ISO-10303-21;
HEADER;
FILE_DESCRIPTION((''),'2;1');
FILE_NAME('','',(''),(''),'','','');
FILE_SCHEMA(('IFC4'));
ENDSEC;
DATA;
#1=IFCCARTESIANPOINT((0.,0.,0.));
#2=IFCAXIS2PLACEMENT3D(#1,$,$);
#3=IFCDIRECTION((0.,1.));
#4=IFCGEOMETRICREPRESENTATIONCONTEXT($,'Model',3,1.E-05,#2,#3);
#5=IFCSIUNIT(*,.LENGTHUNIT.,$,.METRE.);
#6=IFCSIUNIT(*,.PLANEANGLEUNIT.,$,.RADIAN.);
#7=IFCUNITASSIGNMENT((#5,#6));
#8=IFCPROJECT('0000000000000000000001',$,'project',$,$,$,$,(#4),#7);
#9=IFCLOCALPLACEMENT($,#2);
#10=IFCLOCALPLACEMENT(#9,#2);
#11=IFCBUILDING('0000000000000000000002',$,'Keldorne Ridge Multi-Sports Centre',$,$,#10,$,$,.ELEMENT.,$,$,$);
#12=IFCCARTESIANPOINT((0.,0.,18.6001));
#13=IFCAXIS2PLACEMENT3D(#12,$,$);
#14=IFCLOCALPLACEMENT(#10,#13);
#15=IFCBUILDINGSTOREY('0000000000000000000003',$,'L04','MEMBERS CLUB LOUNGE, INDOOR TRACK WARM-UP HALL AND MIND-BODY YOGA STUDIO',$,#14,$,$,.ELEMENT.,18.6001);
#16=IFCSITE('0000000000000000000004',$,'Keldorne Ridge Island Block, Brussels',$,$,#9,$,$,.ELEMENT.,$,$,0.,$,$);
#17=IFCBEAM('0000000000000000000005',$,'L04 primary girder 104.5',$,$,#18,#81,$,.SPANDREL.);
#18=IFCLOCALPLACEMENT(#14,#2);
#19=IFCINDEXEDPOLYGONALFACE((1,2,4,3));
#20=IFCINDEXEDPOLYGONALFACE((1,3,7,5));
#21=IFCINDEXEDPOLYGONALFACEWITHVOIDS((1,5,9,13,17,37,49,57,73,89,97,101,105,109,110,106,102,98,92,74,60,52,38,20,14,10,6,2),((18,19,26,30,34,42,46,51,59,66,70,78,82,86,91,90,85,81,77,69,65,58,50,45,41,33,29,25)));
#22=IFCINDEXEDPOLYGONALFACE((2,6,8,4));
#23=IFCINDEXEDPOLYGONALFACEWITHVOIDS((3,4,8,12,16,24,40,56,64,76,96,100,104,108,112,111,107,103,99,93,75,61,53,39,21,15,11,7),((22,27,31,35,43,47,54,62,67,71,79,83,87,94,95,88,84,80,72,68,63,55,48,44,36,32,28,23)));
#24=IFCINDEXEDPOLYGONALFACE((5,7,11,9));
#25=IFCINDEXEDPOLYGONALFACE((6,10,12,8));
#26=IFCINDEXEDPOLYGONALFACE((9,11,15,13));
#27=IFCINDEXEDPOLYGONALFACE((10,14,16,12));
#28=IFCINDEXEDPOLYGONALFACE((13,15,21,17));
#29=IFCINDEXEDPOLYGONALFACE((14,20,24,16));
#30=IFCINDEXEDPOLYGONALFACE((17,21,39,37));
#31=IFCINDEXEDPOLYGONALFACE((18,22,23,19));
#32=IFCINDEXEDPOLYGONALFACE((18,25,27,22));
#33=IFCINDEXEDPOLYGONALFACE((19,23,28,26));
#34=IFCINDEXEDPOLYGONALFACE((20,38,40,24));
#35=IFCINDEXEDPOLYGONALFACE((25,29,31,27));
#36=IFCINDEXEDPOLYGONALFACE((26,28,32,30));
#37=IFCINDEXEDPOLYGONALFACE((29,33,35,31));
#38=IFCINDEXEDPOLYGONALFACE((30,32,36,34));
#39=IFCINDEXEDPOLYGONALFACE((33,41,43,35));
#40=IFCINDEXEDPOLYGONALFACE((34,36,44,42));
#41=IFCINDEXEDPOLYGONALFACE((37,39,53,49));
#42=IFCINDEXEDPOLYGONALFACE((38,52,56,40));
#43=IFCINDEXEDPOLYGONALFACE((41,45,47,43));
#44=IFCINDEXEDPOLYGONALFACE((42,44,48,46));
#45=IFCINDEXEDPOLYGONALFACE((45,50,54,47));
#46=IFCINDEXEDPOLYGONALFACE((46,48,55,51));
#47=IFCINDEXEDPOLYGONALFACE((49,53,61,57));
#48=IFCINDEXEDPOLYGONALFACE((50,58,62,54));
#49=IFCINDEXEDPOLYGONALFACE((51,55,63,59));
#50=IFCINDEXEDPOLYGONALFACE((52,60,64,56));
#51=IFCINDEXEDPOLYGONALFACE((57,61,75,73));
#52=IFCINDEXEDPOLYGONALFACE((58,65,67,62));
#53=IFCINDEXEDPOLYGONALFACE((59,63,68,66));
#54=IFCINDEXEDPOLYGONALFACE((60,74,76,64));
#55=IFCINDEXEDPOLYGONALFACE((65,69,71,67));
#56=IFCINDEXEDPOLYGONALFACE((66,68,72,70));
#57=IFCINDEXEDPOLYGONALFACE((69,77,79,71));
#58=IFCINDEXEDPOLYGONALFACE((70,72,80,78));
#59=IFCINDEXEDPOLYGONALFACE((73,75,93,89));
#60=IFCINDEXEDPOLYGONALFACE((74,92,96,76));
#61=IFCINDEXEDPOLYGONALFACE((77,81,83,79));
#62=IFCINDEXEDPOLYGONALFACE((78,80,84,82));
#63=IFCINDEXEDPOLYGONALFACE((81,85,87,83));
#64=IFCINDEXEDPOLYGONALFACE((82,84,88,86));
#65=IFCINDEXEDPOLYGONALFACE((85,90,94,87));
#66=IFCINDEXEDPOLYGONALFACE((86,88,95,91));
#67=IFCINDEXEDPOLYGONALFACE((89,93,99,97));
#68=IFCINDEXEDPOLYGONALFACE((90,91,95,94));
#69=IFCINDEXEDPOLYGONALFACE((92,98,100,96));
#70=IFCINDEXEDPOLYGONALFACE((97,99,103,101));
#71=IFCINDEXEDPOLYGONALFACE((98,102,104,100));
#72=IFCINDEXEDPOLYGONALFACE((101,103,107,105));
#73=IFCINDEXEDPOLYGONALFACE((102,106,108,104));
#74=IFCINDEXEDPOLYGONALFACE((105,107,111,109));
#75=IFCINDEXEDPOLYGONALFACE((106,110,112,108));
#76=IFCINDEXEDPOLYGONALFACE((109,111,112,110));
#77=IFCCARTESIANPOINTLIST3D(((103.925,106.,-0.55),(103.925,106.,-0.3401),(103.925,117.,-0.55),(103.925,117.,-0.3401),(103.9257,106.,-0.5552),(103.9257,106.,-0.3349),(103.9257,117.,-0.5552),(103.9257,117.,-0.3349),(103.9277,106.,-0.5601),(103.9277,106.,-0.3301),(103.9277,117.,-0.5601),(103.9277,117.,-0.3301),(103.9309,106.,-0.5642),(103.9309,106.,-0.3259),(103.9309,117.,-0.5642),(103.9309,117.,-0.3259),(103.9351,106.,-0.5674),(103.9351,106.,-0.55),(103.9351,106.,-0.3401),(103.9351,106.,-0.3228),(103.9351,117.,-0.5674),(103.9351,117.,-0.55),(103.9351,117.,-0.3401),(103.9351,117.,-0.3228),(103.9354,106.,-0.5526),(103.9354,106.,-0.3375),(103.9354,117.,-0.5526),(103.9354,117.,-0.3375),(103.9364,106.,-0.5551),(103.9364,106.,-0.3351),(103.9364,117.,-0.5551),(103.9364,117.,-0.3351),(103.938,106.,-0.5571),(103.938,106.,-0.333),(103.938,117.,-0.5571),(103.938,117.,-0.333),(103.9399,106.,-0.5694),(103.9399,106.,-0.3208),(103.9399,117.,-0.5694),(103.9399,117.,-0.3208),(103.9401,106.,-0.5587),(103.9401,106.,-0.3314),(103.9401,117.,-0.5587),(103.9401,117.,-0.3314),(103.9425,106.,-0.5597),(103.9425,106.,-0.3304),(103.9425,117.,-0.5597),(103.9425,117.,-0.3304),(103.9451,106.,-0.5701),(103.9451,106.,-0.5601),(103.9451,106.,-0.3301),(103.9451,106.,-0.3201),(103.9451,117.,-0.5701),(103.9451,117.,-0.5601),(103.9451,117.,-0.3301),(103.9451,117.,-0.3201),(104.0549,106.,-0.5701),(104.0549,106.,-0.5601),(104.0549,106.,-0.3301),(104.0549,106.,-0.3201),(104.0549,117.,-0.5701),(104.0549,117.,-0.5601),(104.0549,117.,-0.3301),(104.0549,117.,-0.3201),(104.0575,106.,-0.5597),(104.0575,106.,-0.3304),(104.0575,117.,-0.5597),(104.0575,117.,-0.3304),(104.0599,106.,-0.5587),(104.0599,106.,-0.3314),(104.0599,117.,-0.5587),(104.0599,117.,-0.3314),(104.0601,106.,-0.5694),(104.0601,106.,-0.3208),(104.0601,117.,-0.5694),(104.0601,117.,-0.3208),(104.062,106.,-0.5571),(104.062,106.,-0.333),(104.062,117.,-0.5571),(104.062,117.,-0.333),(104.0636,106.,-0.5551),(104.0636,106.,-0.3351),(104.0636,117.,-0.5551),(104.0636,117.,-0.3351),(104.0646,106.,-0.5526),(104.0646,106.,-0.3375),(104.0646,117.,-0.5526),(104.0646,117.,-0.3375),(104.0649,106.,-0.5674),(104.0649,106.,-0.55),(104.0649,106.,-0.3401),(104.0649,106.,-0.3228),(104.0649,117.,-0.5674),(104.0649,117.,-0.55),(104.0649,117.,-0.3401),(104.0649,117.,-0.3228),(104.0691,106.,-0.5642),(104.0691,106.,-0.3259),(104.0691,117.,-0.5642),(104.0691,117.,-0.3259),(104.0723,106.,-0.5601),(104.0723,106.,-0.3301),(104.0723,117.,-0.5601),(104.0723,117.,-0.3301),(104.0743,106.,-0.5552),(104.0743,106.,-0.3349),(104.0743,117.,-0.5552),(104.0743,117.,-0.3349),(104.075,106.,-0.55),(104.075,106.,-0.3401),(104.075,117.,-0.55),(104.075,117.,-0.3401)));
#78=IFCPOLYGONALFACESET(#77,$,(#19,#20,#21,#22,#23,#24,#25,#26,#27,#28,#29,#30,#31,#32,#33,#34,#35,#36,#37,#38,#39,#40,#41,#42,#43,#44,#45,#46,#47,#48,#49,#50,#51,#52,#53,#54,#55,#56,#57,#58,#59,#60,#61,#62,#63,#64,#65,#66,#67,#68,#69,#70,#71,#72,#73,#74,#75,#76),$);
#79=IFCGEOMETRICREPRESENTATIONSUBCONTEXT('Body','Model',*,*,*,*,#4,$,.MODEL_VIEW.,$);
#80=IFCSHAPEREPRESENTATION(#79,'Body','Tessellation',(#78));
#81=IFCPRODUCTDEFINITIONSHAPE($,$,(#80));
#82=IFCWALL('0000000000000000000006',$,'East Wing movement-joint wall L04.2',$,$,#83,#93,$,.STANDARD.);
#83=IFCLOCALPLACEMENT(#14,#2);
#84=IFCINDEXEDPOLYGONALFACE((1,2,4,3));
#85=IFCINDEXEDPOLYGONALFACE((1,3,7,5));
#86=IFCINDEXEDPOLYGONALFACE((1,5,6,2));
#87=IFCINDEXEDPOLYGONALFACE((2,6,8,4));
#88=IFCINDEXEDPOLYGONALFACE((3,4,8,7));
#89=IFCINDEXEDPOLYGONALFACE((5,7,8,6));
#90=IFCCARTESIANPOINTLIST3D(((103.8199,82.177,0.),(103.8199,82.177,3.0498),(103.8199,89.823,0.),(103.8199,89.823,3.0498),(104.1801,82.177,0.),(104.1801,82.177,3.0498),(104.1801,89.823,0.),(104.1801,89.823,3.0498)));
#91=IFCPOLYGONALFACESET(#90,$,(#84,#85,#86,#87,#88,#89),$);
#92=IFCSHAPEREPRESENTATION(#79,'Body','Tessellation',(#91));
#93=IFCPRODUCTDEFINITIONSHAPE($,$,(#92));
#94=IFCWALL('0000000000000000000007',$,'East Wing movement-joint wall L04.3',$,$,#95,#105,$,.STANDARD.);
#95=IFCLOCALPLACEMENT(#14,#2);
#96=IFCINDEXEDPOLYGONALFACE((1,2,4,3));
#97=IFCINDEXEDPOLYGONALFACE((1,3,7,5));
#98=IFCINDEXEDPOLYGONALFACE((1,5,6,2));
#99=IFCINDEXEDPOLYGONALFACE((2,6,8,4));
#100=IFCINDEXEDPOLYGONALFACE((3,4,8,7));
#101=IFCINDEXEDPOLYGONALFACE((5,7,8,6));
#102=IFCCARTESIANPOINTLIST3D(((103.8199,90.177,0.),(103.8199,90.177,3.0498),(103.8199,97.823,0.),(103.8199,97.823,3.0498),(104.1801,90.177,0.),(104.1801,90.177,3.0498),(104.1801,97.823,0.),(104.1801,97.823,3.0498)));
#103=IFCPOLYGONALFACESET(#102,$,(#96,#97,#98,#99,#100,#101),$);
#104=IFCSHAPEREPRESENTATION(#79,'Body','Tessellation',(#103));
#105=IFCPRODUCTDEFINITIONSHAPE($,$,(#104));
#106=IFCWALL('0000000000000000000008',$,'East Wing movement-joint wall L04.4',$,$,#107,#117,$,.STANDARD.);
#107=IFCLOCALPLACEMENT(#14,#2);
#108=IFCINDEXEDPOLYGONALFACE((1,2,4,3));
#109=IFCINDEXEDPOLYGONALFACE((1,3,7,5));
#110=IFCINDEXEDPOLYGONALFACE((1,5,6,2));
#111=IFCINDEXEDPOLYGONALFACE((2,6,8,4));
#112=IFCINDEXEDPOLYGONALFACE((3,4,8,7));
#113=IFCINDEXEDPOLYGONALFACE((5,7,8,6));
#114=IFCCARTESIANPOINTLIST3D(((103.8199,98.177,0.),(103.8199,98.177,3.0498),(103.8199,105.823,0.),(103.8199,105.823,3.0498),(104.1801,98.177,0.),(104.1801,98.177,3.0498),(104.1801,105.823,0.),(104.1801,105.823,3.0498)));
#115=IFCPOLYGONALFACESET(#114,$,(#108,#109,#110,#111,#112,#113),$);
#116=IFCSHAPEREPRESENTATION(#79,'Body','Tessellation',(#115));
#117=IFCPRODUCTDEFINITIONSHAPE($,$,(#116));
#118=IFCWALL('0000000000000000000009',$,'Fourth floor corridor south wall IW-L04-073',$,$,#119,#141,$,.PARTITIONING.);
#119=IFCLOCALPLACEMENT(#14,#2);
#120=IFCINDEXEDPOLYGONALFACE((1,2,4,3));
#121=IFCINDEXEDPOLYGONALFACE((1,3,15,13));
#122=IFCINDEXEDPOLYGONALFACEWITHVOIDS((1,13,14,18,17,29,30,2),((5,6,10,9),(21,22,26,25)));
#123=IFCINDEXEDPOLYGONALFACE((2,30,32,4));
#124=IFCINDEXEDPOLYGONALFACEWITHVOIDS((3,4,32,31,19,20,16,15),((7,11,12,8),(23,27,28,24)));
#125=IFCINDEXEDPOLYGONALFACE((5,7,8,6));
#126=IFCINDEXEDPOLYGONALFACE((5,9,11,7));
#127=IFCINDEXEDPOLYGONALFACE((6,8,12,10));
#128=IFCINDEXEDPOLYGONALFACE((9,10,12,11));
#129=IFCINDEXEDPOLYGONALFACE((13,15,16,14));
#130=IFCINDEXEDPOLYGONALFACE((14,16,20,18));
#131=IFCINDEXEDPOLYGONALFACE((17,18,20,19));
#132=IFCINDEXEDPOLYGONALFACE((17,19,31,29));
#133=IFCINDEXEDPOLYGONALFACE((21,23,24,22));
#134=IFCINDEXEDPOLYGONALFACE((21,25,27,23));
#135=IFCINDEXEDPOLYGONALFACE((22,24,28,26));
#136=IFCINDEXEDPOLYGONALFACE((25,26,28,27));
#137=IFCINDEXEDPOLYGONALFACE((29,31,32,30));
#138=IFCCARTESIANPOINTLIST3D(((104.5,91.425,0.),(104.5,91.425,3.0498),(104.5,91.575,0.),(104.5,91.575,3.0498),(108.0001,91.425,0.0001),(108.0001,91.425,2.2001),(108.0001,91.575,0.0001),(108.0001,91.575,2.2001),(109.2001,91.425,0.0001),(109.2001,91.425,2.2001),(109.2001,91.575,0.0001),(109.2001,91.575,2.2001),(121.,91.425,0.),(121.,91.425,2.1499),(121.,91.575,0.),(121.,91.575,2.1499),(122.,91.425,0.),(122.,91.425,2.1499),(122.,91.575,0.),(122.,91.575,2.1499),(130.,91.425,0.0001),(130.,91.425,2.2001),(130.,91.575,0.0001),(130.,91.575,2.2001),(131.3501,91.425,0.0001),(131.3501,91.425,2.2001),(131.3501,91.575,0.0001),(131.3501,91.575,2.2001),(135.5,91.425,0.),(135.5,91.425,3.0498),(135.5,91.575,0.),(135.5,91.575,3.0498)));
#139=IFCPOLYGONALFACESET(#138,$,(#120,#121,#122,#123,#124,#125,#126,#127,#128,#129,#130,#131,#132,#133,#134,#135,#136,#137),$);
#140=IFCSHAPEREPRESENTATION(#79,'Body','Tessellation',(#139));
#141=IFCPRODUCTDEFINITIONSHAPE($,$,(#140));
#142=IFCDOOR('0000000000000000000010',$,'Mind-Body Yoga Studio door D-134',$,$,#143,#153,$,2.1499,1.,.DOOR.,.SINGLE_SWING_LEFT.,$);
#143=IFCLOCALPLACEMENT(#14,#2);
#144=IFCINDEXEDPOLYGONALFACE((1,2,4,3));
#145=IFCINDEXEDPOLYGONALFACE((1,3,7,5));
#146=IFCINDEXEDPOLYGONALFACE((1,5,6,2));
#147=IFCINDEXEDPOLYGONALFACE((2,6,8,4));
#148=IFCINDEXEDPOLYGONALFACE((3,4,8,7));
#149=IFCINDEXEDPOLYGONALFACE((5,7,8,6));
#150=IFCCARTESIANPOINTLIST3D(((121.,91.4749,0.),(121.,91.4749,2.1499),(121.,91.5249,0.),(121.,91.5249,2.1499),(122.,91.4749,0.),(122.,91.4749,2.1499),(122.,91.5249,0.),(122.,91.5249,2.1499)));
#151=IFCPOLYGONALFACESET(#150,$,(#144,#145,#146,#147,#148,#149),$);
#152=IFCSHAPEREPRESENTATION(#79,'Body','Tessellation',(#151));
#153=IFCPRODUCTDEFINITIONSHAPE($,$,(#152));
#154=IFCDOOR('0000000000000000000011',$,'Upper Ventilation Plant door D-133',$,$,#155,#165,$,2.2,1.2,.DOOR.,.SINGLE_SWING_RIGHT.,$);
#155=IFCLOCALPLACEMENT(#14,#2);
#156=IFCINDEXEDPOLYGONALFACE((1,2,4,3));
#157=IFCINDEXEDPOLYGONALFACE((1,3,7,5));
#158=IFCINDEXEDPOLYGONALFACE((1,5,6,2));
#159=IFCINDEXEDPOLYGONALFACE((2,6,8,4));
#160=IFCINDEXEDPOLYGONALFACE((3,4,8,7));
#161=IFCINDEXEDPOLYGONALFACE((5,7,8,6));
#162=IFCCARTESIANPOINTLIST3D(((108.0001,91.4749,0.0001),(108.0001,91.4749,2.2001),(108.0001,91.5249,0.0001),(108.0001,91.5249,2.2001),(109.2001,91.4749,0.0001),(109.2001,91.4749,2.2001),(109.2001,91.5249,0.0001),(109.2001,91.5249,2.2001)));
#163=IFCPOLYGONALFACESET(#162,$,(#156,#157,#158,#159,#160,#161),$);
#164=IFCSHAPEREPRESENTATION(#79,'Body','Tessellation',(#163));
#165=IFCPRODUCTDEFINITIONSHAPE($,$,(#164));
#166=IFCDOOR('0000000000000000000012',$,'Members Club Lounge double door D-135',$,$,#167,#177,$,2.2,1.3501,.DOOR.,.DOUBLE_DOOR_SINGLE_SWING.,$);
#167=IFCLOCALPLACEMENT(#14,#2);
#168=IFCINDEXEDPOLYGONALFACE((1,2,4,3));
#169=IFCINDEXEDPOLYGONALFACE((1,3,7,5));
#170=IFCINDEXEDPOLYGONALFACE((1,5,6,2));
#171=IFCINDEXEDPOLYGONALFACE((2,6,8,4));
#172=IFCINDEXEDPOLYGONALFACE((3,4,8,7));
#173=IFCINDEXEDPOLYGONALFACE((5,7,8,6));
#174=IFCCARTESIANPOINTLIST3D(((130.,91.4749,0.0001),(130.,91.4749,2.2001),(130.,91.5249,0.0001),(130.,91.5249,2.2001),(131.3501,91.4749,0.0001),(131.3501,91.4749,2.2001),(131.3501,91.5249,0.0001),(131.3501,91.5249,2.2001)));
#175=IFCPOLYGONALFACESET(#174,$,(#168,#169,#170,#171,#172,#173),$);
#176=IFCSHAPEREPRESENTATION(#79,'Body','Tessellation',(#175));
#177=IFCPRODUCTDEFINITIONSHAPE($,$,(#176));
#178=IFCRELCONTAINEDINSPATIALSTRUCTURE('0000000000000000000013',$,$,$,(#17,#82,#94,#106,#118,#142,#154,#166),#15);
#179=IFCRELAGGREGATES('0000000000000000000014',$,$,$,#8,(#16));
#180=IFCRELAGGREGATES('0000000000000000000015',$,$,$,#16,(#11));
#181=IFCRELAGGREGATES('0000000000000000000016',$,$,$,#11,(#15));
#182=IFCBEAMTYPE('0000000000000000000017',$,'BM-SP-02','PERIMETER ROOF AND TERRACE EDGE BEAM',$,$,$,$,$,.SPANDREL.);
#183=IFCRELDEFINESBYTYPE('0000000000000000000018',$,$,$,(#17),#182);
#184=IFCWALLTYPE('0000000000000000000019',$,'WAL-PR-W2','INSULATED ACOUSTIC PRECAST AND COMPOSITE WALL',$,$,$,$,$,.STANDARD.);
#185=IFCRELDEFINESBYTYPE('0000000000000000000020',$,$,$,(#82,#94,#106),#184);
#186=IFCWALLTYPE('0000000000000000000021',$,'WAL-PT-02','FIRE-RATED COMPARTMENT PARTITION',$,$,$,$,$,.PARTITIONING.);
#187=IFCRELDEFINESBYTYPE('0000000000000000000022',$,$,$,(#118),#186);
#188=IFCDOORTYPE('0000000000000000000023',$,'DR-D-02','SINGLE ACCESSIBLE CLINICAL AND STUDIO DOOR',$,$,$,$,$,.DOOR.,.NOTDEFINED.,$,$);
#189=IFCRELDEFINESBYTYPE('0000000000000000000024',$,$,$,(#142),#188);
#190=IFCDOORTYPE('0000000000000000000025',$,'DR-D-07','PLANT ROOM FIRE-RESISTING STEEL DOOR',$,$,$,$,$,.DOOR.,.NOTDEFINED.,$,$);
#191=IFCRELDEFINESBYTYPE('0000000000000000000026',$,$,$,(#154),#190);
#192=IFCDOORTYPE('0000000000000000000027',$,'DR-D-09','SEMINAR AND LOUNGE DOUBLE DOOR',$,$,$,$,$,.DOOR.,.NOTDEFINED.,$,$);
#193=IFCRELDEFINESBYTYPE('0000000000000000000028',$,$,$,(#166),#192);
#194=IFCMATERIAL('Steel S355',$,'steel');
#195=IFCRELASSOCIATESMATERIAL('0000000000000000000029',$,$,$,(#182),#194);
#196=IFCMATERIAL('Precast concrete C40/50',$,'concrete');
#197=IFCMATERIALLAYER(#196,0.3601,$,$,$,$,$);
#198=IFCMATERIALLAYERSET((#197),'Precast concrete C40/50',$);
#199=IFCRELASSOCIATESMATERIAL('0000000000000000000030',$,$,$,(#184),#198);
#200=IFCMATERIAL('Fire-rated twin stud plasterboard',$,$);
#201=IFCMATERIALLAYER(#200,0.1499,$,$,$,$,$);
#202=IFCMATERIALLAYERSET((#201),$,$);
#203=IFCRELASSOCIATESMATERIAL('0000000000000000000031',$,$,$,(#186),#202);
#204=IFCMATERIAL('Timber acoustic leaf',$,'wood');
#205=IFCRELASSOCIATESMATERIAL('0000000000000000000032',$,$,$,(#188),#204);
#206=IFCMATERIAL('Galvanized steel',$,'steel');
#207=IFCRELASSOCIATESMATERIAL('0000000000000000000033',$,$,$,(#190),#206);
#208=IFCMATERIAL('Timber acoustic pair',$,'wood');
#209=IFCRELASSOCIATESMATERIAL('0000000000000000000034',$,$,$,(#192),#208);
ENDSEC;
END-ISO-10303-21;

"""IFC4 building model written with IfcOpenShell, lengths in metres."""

from ifc_helpers import new_model, si_unit, direction, frame, frame_2d, origin, origin_2d, place, context, subcontext, project, spatial, rectangle, hollow_rectangle, extrude, material, layer, layer_set, material_profile, profile_set, type_object, element, fill, save


model = new_model("IFC4")

# Units and contexts
model_context = context("Model", 3, precision=1e-05, world=origin(), true_north=direction((0.0, 1.0)))
body_context = subcontext(model_context, "Body", "Model", "MODEL_VIEW")
ifc_project = project(units=[si_unit("LENGTHUNIT", "METRE"), si_unit("PLANEANGLEUNIT", "RADIAN")], contexts=[model_context])

# Site, building, storey
site_placement = place(None, origin())
site = spatial("IfcSite", under=ifc_project, at=site_placement, Name="Keldorne Ridge Island Block, Brussels", CompositionType="ELEMENT", RefElevation=0.0)
building_placement = place(site_placement, origin())
building = spatial("IfcBuilding", under=site, at=building_placement, Name="Keldorne Ridge Multi-Sports Centre", CompositionType="ELEMENT")
storey_placement = place(building_placement, frame((0.0, 0.0, 18.6001)))
storey = spatial("IfcBuildingStorey", under=building, at=storey_placement, Name="L04", Description="MEMBERS CLUB LOUNGE, INDOOR TRACK WARM-UP HALL AND MIND-BODY YOGA STUDIO", CompositionType="ELEMENT", Elevation=18.6001)

# Shared definitions
ifc_material_1 = material(Name="Steel S355", Category="steel")

# Beam
ifc_material_profile_1 = material_profile(ifc_material_1, hollow_rectangle(XDim=0.1499, YDim=0.25, WallThickness=0.01, InnerFilletRadius=0.01, OuterFilletRadius=0.02, at=origin_2d()), Name="RHS 250x150x10")
ifc_profile_set_1 = profile_set([ifc_material_profile_1], Name="Steel S355")
beam_type_1 = type_object("IfcBeamType", Name="BM-SP-02", Description="PERIMETER ROOF AND TERRACE EDGE BEAM", PredefinedType="SPANDREL", material=ifc_profile_set_1)
beam_1_placement = place(storey_placement, frame((104.0, 106.0, -0.4451), z_axis=(0.0, 1.0, 0.0), x_axis=(-1.0, 0.0, 0.0)))
element("IfcBeam", 1, at=beam_1_placement, inside=storey, type_object=beam_type_1, Name="L04 primary girder 104.5", PredefinedType="SPANDREL", context=body_context, shape_type="SweptSolid", body=[
    extrude(hollow_rectangle(XDim=0.1499, YDim=0.25, WallThickness=0.01, InnerFilletRadius=0.01, OuterFilletRadius=0.02, at=origin_2d()), origin(), (0.0, 0.0, 1.0), 11.0),
])

# Walls
ifc_material_2 = material(Name="Precast concrete C40/50", Category="concrete")
ifc_layer_1 = layer(ifc_material_2, 0.3601)
ifc_layer_set_1 = layer_set([ifc_layer_1], Name="Precast concrete C40/50")
wall_type_1 = type_object("IfcWallType", Name="WAL-PR-W2", Description="INSULATED ACOUSTIC PRECAST AND COMPOSITE WALL", PredefinedType="STANDARD", material=ifc_layer_set_1)
for number, where, z_axis, x_axis, name in (
    (2, (104.0, 89.823, 0.0), (0.0, 0.0, 1.0), (0.0, -1.0, 0.0), "East Wing movement-joint wall L04.2"),
    (3, (104.0, 97.823, 0.0), (0.0, 0.0, 1.0), (0.0, -1.0, 0.0), "East Wing movement-joint wall L04.3"),
    (4, (104.0, 105.823, 0.0), (0.0, 0.0, 1.0), (0.0, -1.0, 0.0), "East Wing movement-joint wall L04.4"),
):
    element("IfcWall", number, at=place(storey_placement, frame(where, z_axis=z_axis, x_axis=x_axis)), inside=storey, type_object=wall_type_1, Name=name, PredefinedType="STANDARD", context=body_context, shape_type="SweptSolid", body=[
        extrude(rectangle(XDim=7.646, YDim=0.3601, at=frame_2d((3.823, 0.0))), origin(), (0.0, 0.0, 1.0), 3.0498),
    ])

# Wall, openings, doors
ifc_material_3 = material(Name="Fire-rated twin stud plasterboard")
ifc_layer_2 = layer(ifc_material_3, 0.1499)
ifc_layer_set_2 = layer_set([ifc_layer_2])
wall_type_2 = type_object("IfcWallType", Name="WAL-PT-02", Description="FIRE-RATED COMPARTMENT PARTITION", PredefinedType="PARTITIONING", material=ifc_layer_set_2)
wall_1_placement = place(storey_placement, frame((104.5, 91.5, 0.0), z_axis=(0.0, 0.0, 1.0), x_axis=(1.0, 0.0, 0.0)))
wall_1 = element("IfcWall", 5, at=wall_1_placement, inside=storey, type_object=wall_type_2, Name="Fourth floor corridor south wall IW-L04-073", PredefinedType="PARTITIONING", context=body_context, shape_type="SweptSolid", body=[
    extrude(rectangle(XDim=31.0, YDim=0.1499, at=frame_2d((15.5, 0.0))), origin(), (0.0, 0.0, 1.0), 3.0498),
])
opening_1_placement = place(wall_1_placement, frame((3.5, 0.0, 0.0)))
opening_1 = element("IfcOpeningElement", 6, at=opening_1_placement, cuts=wall_1, PredefinedType="OPENING", context=body_context, shape_type="SweptSolid", body=[
    extrude(rectangle(XDim=1.2, YDim=2.2, at=frame_2d((0.6001, 1.1001))), frame((0.0, 0.085, 0.0), z_axis=(0.0, -1.0, 0.0), x_axis=(1.0, 0.0, 0.0)), (0.0, 0.0, 1.0), 0.1699),
])
opening_2_placement = place(wall_1_placement, frame((16.5, 0.0, 0.0)))
opening_2 = element("IfcOpeningElement", 7, at=opening_2_placement, cuts=wall_1, PredefinedType="OPENING", context=body_context, shape_type="SweptSolid", body=[
    extrude(rectangle(XDim=1.0, YDim=2.1499, at=frame_2d((0.5, 1.075))), frame((0.0, 0.085, 0.0), z_axis=(0.0, -1.0, 0.0), x_axis=(1.0, 0.0, 0.0)), (0.0, 0.0, 1.0), 0.1699),
])
opening_3_placement = place(wall_1_placement, frame((25.5, 0.0, 0.0)))
opening_3 = element("IfcOpeningElement", 8, at=opening_3_placement, cuts=wall_1, PredefinedType="OPENING", context=body_context, shape_type="SweptSolid", body=[
    extrude(rectangle(XDim=1.3501, YDim=2.2, at=frame_2d((0.675, 1.1001))), frame((0.0, 0.085, 0.0), z_axis=(0.0, -1.0, 0.0), x_axis=(1.0, 0.0, 0.0)), (0.0, 0.0, 1.0), 0.1699),
])
ifc_material_4 = material(Name="Timber acoustic leaf", Category="wood")
door_type_1 = type_object("IfcDoorType", Name="DR-D-02", Description="SINGLE ACCESSIBLE CLINICAL AND STUDIO DOOR", OperationType="NOTDEFINED", PredefinedType="DOOR", material=ifc_material_4)
door_1_placement = place(opening_2_placement, origin())
door_1 = element("IfcDoor", 9, at=door_1_placement, inside=storey, type_object=door_type_1, Name="Mind-Body Yoga Studio door D-134", OperationType="SINGLE_SWING_LEFT", OverallHeight=2.1499, OverallWidth=1.0, PredefinedType="DOOR", context=body_context, shape_type="SweptSolid", body=[
    extrude(rectangle(XDim=1.0, YDim=2.1499, at=frame_2d((0.5, 1.075))), frame((0.0, 0.0249, 0.0), z_axis=(0.0, -1.0, 0.0), x_axis=(1.0, 0.0, 0.0)), (0.0, 0.0, 1.0), 0.05),
])
fill(opening_2, door_1)
ifc_material_5 = material(Name="Galvanized steel", Category="steel")
door_type_2 = type_object("IfcDoorType", Name="DR-D-07", Description="PLANT ROOM FIRE-RESISTING STEEL DOOR", OperationType="NOTDEFINED", PredefinedType="DOOR", material=ifc_material_5)
door_2_placement = place(opening_1_placement, origin())
door_2 = element("IfcDoor", 10, at=door_2_placement, inside=storey, type_object=door_type_2, Name="Upper Ventilation Plant door D-133", OperationType="SINGLE_SWING_RIGHT", OverallHeight=2.2, OverallWidth=1.2, PredefinedType="DOOR", context=body_context, shape_type="SweptSolid", body=[
    extrude(rectangle(XDim=1.2, YDim=2.2, at=frame_2d((0.6001, 1.1001))), frame((0.0, 0.0249, 0.0), z_axis=(0.0, -1.0, 0.0), x_axis=(1.0, 0.0, 0.0)), (0.0, 0.0, 1.0), 0.05),
])
fill(opening_1, door_2)
ifc_material_6 = material(Name="Timber acoustic pair", Category="wood")
door_type_3 = type_object("IfcDoorType", Name="DR-D-09", Description="SEMINAR AND LOUNGE DOUBLE DOOR", OperationType="NOTDEFINED", PredefinedType="DOOR", material=ifc_material_6)
door_3_placement = place(opening_3_placement, origin())
door_3 = element("IfcDoor", 11, at=door_3_placement, inside=storey, type_object=door_type_3, Name="Members Club Lounge double door D-135", OperationType="DOUBLE_DOOR_SINGLE_SWING", OverallHeight=2.2, OverallWidth=1.3501, PredefinedType="DOOR", context=body_context, shape_type="SweptSolid", body=[
    extrude(rectangle(XDim=1.3501, YDim=2.2, at=frame_2d((0.675, 1.1001))), frame((0.0, 0.0249, 0.0), z_axis=(0.0, -1.0, 0.0), x_axis=(1.0, 0.0, 0.0)), (0.0, 0.0, 1.0), 0.05),
])
fill(opening_3, door_3)

save(model, "model.ifc")
